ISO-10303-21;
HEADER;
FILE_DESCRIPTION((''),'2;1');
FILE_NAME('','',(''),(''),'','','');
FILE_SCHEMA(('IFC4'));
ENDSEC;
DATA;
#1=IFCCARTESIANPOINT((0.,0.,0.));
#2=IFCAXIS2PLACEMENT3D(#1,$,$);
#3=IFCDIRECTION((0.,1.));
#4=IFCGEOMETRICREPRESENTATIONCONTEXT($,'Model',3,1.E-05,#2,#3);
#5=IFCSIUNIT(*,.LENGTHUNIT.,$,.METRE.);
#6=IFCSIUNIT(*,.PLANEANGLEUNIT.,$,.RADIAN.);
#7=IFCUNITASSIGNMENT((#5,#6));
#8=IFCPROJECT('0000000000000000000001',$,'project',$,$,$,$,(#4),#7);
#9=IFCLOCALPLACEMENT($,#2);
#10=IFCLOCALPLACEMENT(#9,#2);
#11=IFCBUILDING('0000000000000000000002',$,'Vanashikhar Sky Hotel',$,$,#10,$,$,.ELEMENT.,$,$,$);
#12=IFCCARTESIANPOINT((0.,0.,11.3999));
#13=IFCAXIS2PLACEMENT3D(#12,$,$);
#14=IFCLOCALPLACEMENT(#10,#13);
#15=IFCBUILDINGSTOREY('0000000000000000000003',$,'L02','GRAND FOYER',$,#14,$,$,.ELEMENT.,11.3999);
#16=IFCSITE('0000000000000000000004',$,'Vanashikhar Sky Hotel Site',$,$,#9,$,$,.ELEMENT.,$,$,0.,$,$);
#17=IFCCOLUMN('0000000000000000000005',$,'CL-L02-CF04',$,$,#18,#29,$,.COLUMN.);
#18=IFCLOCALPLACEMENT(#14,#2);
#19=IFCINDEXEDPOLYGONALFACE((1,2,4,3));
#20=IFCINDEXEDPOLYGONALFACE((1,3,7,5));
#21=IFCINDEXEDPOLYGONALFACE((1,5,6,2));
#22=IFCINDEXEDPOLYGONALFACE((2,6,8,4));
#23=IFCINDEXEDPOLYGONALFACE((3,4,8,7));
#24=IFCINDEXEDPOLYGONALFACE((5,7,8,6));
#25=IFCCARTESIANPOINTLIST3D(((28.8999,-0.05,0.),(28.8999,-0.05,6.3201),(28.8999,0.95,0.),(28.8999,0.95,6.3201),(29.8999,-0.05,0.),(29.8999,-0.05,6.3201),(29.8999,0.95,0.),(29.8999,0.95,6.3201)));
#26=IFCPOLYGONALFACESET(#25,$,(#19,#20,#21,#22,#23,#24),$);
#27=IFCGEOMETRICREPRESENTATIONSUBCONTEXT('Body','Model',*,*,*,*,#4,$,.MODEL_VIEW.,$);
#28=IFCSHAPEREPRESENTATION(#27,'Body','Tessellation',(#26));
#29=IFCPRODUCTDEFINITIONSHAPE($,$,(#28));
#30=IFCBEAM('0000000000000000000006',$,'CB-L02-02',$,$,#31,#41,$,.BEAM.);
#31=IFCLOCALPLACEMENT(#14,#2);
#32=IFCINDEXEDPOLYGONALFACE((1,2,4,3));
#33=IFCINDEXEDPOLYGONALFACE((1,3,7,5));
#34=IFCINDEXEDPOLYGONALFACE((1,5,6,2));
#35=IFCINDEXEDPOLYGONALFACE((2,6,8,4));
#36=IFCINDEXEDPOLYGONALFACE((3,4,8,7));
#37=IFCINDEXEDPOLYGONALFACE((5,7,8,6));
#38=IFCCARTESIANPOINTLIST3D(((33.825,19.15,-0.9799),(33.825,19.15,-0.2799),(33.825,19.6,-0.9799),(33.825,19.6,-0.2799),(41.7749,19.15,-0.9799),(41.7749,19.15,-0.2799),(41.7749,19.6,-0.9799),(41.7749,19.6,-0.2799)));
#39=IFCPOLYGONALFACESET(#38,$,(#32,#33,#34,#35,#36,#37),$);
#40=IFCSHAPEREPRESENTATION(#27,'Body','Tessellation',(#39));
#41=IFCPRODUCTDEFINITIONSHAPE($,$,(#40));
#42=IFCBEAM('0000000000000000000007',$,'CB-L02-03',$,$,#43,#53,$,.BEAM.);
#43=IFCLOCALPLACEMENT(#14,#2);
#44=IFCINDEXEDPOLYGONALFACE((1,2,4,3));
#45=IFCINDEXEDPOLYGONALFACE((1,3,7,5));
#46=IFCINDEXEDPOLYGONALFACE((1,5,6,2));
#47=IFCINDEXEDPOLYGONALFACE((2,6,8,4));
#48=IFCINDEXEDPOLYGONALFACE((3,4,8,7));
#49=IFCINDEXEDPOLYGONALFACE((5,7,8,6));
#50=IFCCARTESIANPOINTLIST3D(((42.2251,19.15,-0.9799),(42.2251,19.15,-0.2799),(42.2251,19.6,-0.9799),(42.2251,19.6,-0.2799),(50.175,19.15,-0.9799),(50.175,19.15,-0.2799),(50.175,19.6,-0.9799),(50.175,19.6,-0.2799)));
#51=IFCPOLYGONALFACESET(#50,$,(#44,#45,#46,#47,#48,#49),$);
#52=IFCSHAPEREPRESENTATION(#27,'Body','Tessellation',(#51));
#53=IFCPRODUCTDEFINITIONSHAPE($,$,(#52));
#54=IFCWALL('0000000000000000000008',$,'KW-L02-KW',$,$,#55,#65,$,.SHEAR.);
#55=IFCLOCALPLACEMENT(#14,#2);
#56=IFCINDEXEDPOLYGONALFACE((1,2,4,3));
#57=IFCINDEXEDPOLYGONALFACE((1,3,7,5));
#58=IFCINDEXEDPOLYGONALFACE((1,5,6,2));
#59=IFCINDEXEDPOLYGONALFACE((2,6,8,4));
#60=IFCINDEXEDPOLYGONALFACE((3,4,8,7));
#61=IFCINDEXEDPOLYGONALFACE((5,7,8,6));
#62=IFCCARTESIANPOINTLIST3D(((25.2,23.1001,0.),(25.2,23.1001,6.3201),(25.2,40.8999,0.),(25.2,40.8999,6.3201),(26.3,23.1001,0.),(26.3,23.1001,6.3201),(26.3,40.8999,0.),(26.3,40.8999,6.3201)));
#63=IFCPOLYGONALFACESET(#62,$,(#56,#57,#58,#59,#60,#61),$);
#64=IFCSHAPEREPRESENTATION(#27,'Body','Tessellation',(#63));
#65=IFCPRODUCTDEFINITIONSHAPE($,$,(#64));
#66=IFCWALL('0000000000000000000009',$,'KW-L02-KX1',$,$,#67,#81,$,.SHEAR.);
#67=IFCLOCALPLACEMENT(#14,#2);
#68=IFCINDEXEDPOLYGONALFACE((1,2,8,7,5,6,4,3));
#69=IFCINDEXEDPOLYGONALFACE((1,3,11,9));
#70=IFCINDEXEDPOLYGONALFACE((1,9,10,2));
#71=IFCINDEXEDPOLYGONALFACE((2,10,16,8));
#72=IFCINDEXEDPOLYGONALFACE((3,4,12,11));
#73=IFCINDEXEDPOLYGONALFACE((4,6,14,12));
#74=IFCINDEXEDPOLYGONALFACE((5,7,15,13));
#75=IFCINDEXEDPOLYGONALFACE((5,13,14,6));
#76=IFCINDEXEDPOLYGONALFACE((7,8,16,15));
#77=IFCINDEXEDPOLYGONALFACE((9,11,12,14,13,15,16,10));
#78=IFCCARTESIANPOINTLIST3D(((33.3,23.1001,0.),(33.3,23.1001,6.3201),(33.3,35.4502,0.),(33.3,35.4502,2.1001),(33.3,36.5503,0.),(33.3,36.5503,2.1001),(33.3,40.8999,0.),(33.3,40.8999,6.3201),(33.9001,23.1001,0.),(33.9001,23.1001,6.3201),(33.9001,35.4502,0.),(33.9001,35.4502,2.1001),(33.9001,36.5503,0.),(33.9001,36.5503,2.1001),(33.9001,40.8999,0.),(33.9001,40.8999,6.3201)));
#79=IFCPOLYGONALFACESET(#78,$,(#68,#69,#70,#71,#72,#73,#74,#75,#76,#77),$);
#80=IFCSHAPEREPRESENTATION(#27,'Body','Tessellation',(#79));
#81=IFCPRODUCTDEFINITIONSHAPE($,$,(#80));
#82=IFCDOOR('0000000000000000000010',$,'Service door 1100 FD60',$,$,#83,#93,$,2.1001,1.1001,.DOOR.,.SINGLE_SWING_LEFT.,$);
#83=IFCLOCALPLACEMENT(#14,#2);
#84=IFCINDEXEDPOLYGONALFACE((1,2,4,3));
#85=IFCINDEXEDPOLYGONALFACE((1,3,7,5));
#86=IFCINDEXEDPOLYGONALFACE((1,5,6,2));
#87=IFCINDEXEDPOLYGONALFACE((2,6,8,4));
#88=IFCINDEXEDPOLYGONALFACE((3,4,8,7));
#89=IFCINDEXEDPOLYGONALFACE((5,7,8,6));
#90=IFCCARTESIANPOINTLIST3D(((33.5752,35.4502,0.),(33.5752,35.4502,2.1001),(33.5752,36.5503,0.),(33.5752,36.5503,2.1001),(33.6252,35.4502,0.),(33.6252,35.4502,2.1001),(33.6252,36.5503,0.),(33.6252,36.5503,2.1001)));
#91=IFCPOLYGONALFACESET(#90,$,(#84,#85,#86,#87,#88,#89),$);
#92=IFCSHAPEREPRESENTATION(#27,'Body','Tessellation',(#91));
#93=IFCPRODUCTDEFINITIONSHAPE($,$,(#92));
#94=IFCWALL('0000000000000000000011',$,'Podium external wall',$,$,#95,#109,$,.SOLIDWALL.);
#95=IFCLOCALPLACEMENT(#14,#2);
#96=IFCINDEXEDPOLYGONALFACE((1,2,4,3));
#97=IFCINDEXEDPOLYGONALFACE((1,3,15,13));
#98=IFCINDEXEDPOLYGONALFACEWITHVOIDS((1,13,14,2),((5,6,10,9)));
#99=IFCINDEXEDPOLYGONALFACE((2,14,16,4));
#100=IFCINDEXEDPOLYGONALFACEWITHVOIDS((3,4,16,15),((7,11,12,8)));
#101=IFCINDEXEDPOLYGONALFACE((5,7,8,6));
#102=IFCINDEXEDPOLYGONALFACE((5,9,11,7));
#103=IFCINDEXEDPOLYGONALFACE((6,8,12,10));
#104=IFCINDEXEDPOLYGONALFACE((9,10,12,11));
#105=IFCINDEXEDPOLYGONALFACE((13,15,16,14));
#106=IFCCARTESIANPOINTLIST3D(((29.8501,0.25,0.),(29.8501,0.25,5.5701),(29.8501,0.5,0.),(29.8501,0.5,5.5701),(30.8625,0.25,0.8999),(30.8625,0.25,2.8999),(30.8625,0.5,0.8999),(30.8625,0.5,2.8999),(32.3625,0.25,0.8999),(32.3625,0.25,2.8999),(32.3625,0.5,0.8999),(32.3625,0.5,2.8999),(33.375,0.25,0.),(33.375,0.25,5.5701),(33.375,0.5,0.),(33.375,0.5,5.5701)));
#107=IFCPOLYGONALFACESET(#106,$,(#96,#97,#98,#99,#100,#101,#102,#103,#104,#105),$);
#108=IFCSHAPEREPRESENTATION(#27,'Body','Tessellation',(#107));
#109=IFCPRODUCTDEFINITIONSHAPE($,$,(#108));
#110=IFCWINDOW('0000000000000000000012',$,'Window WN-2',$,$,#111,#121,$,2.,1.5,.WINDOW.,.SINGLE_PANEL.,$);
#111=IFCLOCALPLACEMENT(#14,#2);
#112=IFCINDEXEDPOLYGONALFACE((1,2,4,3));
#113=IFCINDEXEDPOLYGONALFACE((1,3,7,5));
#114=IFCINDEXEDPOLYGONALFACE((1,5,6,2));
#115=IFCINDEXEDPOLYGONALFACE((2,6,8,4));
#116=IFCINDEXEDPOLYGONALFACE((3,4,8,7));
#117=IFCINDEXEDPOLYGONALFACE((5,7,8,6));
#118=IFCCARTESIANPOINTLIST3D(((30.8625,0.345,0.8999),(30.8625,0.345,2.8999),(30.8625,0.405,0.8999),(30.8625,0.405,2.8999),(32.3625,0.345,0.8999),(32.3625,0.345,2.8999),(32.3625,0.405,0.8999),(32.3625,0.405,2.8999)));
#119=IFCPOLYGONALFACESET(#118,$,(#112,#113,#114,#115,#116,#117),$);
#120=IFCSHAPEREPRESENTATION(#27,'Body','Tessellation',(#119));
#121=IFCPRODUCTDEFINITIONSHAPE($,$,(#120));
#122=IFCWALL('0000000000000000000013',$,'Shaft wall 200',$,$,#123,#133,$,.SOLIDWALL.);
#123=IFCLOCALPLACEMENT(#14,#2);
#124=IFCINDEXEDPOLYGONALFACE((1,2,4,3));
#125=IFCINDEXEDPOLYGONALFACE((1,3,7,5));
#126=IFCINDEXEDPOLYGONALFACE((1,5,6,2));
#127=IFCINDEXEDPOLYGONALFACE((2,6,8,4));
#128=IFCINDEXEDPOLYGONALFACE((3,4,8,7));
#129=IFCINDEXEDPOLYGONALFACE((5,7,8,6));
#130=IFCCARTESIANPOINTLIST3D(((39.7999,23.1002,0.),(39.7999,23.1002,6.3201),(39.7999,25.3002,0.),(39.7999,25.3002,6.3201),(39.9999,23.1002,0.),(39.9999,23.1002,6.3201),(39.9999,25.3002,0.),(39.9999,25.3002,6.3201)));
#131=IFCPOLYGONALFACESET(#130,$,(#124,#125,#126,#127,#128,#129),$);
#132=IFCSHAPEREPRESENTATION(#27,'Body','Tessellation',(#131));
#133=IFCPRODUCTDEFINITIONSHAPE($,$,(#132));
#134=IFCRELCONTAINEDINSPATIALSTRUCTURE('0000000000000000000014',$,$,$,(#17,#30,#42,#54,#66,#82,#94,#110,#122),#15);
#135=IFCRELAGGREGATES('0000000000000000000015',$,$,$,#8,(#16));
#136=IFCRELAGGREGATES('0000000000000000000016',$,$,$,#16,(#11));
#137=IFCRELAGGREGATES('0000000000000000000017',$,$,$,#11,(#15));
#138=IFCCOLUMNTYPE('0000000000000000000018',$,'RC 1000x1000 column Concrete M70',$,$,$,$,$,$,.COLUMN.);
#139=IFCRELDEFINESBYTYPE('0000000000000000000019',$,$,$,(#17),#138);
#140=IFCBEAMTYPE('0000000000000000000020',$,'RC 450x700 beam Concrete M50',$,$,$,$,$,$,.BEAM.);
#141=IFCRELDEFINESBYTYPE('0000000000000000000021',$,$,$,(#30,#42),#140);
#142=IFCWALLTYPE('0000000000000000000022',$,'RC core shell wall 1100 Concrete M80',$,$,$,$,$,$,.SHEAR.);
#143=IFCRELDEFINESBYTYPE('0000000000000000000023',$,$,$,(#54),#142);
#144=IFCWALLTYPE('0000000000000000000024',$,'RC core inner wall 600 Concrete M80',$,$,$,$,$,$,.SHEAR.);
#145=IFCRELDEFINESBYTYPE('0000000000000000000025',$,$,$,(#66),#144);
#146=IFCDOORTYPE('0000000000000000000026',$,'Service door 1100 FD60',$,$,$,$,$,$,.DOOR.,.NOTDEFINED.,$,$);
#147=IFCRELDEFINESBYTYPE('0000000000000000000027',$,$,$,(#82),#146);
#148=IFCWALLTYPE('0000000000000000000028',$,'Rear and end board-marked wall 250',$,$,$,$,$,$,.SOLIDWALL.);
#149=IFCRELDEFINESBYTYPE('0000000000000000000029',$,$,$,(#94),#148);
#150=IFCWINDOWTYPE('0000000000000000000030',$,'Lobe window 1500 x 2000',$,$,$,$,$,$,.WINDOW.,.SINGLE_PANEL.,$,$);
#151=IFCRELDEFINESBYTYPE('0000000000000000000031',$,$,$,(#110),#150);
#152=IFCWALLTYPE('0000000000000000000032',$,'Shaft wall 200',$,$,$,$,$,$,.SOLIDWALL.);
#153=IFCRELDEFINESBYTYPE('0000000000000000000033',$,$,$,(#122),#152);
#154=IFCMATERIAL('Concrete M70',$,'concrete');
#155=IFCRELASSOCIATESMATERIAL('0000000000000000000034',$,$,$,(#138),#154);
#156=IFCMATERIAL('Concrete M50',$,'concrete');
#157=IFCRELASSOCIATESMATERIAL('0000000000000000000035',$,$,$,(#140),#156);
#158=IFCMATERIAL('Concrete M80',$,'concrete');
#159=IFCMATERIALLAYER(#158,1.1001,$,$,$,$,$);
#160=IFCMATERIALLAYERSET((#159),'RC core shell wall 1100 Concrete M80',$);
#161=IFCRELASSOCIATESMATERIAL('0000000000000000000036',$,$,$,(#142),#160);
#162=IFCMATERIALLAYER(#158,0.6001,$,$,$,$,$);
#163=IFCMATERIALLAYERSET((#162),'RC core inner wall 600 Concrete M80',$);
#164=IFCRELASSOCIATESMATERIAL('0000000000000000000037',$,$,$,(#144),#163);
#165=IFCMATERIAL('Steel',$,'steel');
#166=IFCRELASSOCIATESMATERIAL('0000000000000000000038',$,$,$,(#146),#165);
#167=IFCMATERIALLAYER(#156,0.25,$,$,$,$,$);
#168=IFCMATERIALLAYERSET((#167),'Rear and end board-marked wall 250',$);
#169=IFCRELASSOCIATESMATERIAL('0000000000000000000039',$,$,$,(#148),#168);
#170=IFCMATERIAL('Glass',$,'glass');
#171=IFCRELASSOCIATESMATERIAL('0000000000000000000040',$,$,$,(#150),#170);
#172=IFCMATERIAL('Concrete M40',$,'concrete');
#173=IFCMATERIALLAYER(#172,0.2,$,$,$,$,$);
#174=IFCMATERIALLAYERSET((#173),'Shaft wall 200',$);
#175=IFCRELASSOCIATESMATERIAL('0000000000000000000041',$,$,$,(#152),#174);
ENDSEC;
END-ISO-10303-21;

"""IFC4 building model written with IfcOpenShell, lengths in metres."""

from ifc_helpers import new_model, si_unit, direction, frame, frame_2d, origin, origin_2d, place, context, subcontext, project, spatial, rectangle, extrude, source, transform, mapped, material, layer, layer_set, material_profile, profile_set, type_object, element, fill, save


model = new_model("IFC4")

# Units and contexts
model_context = context("Model", 3, precision=1e-05, world=origin(), true_north=direction((0.0, 1.0)))
body_context = subcontext(model_context, "Body", "Model", "MODEL_VIEW")
ifc_project = project(units=[si_unit("LENGTHUNIT", "METRE"), si_unit("PLANEANGLEUNIT", "RADIAN")], contexts=[model_context])

# Site, building, storey
site_placement = place(None, origin())
site = spatial("IfcSite", under=ifc_project, at=site_placement, Name="Vanashikhar Sky Hotel Site", CompositionType="ELEMENT", RefElevation=0.0)
building_placement = place(site_placement, origin())
building = spatial("IfcBuilding", under=site, at=building_placement, Name="Vanashikhar Sky Hotel", CompositionType="ELEMENT")
storey_placement = place(building_placement, frame((0.0, 0.0, 11.3999)))
storey = spatial("IfcBuildingStorey", under=building, at=storey_placement, Name="L02", Description="GRAND FOYER", CompositionType="ELEMENT", Elevation=11.3999)

# Column
ifc_material_1 = material(Name="Concrete M70", Category="concrete")
ifc_material_profile_1 = material_profile(ifc_material_1, rectangle(XDim=1.0, YDim=1.0, at=origin_2d()))
ifc_profile_set_1 = profile_set([ifc_material_profile_1], Name="RC 1000x1000 column Concrete M70")
column_type = type_object("IfcColumnType", Name="RC 1000x1000 column Concrete M70", PredefinedType="COLUMN", material=ifc_profile_set_1)
shared_shape_1 = source(origin(), body_context, "Body", "SweptSolid", [
    extrude(rectangle(XDim=1.0, YDim=1.0, at=origin_2d()), origin(), (0.0, 0.0, 1.0), 6.3201),
])
column_placement = place(storey_placement, frame((29.3999, 0.45, 0.0), z_axis=(0.0, 0.0, 1.0), x_axis=(1.0, 0.0, 0.0)))
element("IfcColumn", 1, at=column_placement, inside=storey, type_object=column_type, Name="CL-L02-CF04", PredefinedType="COLUMN", context=body_context, shape_type="MappedRepresentation", body=[
    mapped(shared_shape_1, transform((0.0, 0.0, 0.0), scale=1.0)),
])

# Beams
ifc_material_2 = material(Name="Concrete M50", Category="concrete")
ifc_material_profile_2 = material_profile(ifc_material_2, rectangle(XDim=0.45, YDim=0.7, at=origin_2d()))
ifc_profile_set_2 = profile_set([ifc_material_profile_2], Name="RC 450x700 beam Concrete M50")
beam_type = type_object("IfcBeamType", Name="RC 450x700 beam Concrete M50", PredefinedType="BEAM", material=ifc_profile_set_2)
shared_shape_2 = source(origin(), body_context, "Body", "SweptSolid", [
    extrude(rectangle(XDim=0.45, YDim=0.7, at=origin_2d()), origin(), (0.0, 0.0, 1.0), 7.95),
])
for number, where, z_axis, x_axis, name in (
    (2, (33.825, 19.375, -0.6299), (1.0, 0.0, 0.0), (0.0, 1.0, 0.0), "CB-L02-02"),
    (3, (42.2251, 19.375, -0.6299), (1.0, 0.0, 0.0), (0.0, 1.0, 0.0), "CB-L02-03"),
):
    element("IfcBeam", number, at=place(storey_placement, frame(where, z_axis=z_axis, x_axis=x_axis)), inside=storey, type_object=beam_type, Name=name, PredefinedType="BEAM", context=body_context, shape_type="MappedRepresentation", body=[
        mapped(shared_shape_2, transform((0.0, 0.0, 0.0), scale=1.0)),
    ])

# Wall
ifc_material_3 = material(Name="Concrete M80", Category="concrete")
ifc_layer_1 = layer(ifc_material_3, 1.1001)
ifc_layer_set_1 = layer_set([ifc_layer_1], Name="RC core shell wall 1100 Concrete M80")
wall_type_1 = type_object("IfcWallType", Name="RC core shell wall 1100 Concrete M80", PredefinedType="SHEAR", material=ifc_layer_set_1)
shared_shape_3 = source(origin(), body_context, "Body", "SweptSolid", [
    extrude(rectangle(XDim=17.7998, YDim=1.1001, at=frame_2d((8.8999, 0.0))), origin(), (0.0, 0.0, 1.0), 6.3201),
])
wall_1_placement = place(storey_placement, frame((25.75, 23.1001, 0.0), z_axis=(0.0, 0.0, 1.0), x_axis=(0.0, 1.0, 0.0)))
element("IfcWall", 4, at=wall_1_placement, inside=storey, type_object=wall_type_1, Name="KW-L02-KW", PredefinedType="SHEAR", context=body_context, shape_type="MappedRepresentation", body=[
    mapped(shared_shape_3, transform((0.0, 0.0, 0.0), scale=1.0)),
])

# Wall, opening, door
ifc_layer_2 = layer(ifc_material_3, 0.6001)
ifc_layer_set_2 = layer_set([ifc_layer_2], Name="RC core inner wall 600 Concrete M80")
wall_type_2 = type_object("IfcWallType", Name="RC core inner wall 600 Concrete M80", PredefinedType="SHEAR", material=ifc_layer_set_2)
shared_shape_4 = source(origin(), body_context, "Body", "SweptSolid", [
    extrude(rectangle(XDim=17.7998, YDim=0.6001, at=frame_2d((8.8999, 0.0))), origin(), (0.0, 0.0, 1.0), 6.3201),
])
wall_2_placement = place(storey_placement, frame((33.6001, 23.1001, 0.0), z_axis=(0.0, 0.0, 1.0), x_axis=(0.0, 1.0, 0.0)))
wall_2 = element("IfcWall", 5, at=wall_2_placement, inside=storey, type_object=wall_type_2, Name="KW-L02-KX1", PredefinedType="SHEAR", context=body_context, shape_type="MappedRepresentation", body=[
    mapped(shared_shape_4, transform((0.0, 0.0, 0.0), scale=1.0)),
])
shared_shape_5 = source(origin(), body_context, "Body", "SweptSolid", [
    extrude(rectangle(XDim=1.1001, YDim=2.1001, at=frame_2d((0.55, 1.05))), frame((0.0, 0.3101, 0.0), z_axis=(0.0, -1.0, 0.0), x_axis=(1.0, 0.0, 0.0)), (0.0, 0.0, 1.0), 0.6201),
])
opening_1_placement = place(wall_2_placement, frame((12.3501, 0.0, 0.0)))
opening_1 = element("IfcOpeningElement", 6, at=opening_1_placement, cuts=wall_2, PredefinedType="OPENING", context=body_context, shape_type="MappedRepresentation", body=[
    mapped(shared_shape_5, transform((0.0, 0.0, 0.0), scale=1.0)),
])
ifc_material_4 = material(Name="Steel", Category="steel")
door_type_1 = type_object("IfcDoorType", Name="Service door 1100 FD60", OperationType="NOTDEFINED", PredefinedType="DOOR", material=ifc_material_4)
shared_shape_6 = source(origin(), body_context, "Body", "SweptSolid", [
    extrude(rectangle(XDim=1.1001, YDim=2.1001, at=frame_2d((0.55, 1.05))), frame((0.0, 0.0249, 0.0), z_axis=(0.0, -1.0, 0.0), x_axis=(1.0, 0.0, 0.0)), (0.0, 0.0, 1.0), 0.05),
])
door_1_placement = place(opening_1_placement, origin())
door_1 = element("IfcDoor", 7, at=door_1_placement, inside=storey, type_object=door_type_1, Name="Service door 1100 FD60", OperationType="SINGLE_SWING_LEFT", OverallHeight=2.1001, OverallWidth=1.1001, PredefinedType="DOOR", context=body_context, shape_type="MappedRepresentation", body=[
    mapped(shared_shape_6, transform((0.0, 0.0, 0.0), scale=1.0)),
])
fill(opening_1, door_1)

# Wall, opening, window
ifc_layer_3 = layer(ifc_material_2, 0.25)
ifc_layer_set_3 = layer_set([ifc_layer_3], Name="Rear and end board-marked wall 250")
wall_type_3 = type_object("IfcWallType", Name="Rear and end board-marked wall 250", PredefinedType="SOLIDWALL", material=ifc_layer_set_3)
shared_shape_7 = source(origin(), body_context, "Body", "SweptSolid", [
    extrude(rectangle(XDim=3.5249, YDim=0.25, at=frame_2d((1.7625, 0.0))), origin(), (0.0, 0.0, 1.0), 5.5701),
])
wall_3_placement = place(storey_placement, frame((29.8501, 0.375, 0.0), z_axis=(0.0, 0.0, 1.0), x_axis=(1.0, 0.0, 0.0)))
wall_3 = element("IfcWall", 8, at=wall_3_placement, inside=storey, type_object=wall_type_3, Name="Podium external wall", PredefinedType="SOLIDWALL", context=body_context, shape_type="MappedRepresentation", body=[
    mapped(shared_shape_7, transform((0.0, 0.0, 0.0), scale=1.0)),
])
shared_shape_8 = source(origin(), body_context, "Body", "SweptSolid", [
    extrude(rectangle(XDim=1.5, YDim=2.0, at=frame_2d((0.75, 1.0))), frame((0.0, 0.135, 0.0), z_axis=(0.0, -1.0, 0.0), x_axis=(1.0, 0.0, 0.0)), (0.0, 0.0, 1.0), 0.27),
])
opening_2_placement = place(wall_3_placement, frame((1.0125, 0.0, 0.8999)))
opening_2 = element("IfcOpeningElement", 9, at=opening_2_placement, cuts=wall_3, PredefinedType="OPENING", context=body_context, shape_type="MappedRepresentation", body=[
    mapped(shared_shape_8, transform((0.0, 0.0, 0.0), scale=1.0)),
])
ifc_material_5 = material(Name="Glass", Category="glass")
window_type = type_object("IfcWindowType", Name="Lobe window 1500 x 2000", PartitioningType="SINGLE_PANEL", PredefinedType="WINDOW", material=ifc_material_5)
shared_shape_9 = source(origin(), body_context, "Body", "SweptSolid", [
    extrude(rectangle(XDim=1.5, YDim=2.0, at=frame_2d((0.75, 1.0))), frame((0.0, 0.03, 0.0), z_axis=(0.0, -1.0, 0.0), x_axis=(1.0, 0.0, 0.0)), (0.0, 0.0, 1.0), 0.0601),
])
window_placement = place(opening_2_placement, origin())
window = element("IfcWindow", 10, at=window_placement, inside=storey, type_object=window_type, Name="Window WN-2", OverallHeight=2.0, OverallWidth=1.5, PartitioningType="SINGLE_PANEL", PredefinedType="WINDOW", context=body_context, shape_type="MappedRepresentation", body=[
    mapped(shared_shape_9, transform((0.0, 0.0, 0.0), scale=1.0)),
])
fill(opening_2, window)

# Wall
ifc_material_6 = material(Name="Concrete M40", Category="concrete")
ifc_layer_4 = layer(ifc_material_6, 0.2)
ifc_layer_set_4 = layer_set([ifc_layer_4], Name="Shaft wall 200")
wall_type_4 = type_object("IfcWallType", Name="Shaft wall 200", PredefinedType="SOLIDWALL", material=ifc_layer_set_4)
shared_shape_10 = source(origin(), body_context, "Body", "SweptSolid", [
    extrude(rectangle(XDim=2.2, YDim=0.2, at=frame_2d((1.1001, 0.0))), origin(), (0.0, 0.0, 1.0), 6.3201),
])
wall_4_placement = place(storey_placement, frame((39.8999, 23.1001, 0.0), z_axis=(0.0, 0.0, 1.0), x_axis=(0.0, 1.0, 0.0)))
element("IfcWall", 11, at=wall_4_placement, inside=storey, type_object=wall_type_4, Name="Shaft wall 200", PredefinedType="SOLIDWALL", context=body_context, shape_type="MappedRepresentation", body=[
    mapped(shared_shape_10, transform((0.0, 0.0, 0.0), scale=1.0)),
])

save(model, "model.ifc")
